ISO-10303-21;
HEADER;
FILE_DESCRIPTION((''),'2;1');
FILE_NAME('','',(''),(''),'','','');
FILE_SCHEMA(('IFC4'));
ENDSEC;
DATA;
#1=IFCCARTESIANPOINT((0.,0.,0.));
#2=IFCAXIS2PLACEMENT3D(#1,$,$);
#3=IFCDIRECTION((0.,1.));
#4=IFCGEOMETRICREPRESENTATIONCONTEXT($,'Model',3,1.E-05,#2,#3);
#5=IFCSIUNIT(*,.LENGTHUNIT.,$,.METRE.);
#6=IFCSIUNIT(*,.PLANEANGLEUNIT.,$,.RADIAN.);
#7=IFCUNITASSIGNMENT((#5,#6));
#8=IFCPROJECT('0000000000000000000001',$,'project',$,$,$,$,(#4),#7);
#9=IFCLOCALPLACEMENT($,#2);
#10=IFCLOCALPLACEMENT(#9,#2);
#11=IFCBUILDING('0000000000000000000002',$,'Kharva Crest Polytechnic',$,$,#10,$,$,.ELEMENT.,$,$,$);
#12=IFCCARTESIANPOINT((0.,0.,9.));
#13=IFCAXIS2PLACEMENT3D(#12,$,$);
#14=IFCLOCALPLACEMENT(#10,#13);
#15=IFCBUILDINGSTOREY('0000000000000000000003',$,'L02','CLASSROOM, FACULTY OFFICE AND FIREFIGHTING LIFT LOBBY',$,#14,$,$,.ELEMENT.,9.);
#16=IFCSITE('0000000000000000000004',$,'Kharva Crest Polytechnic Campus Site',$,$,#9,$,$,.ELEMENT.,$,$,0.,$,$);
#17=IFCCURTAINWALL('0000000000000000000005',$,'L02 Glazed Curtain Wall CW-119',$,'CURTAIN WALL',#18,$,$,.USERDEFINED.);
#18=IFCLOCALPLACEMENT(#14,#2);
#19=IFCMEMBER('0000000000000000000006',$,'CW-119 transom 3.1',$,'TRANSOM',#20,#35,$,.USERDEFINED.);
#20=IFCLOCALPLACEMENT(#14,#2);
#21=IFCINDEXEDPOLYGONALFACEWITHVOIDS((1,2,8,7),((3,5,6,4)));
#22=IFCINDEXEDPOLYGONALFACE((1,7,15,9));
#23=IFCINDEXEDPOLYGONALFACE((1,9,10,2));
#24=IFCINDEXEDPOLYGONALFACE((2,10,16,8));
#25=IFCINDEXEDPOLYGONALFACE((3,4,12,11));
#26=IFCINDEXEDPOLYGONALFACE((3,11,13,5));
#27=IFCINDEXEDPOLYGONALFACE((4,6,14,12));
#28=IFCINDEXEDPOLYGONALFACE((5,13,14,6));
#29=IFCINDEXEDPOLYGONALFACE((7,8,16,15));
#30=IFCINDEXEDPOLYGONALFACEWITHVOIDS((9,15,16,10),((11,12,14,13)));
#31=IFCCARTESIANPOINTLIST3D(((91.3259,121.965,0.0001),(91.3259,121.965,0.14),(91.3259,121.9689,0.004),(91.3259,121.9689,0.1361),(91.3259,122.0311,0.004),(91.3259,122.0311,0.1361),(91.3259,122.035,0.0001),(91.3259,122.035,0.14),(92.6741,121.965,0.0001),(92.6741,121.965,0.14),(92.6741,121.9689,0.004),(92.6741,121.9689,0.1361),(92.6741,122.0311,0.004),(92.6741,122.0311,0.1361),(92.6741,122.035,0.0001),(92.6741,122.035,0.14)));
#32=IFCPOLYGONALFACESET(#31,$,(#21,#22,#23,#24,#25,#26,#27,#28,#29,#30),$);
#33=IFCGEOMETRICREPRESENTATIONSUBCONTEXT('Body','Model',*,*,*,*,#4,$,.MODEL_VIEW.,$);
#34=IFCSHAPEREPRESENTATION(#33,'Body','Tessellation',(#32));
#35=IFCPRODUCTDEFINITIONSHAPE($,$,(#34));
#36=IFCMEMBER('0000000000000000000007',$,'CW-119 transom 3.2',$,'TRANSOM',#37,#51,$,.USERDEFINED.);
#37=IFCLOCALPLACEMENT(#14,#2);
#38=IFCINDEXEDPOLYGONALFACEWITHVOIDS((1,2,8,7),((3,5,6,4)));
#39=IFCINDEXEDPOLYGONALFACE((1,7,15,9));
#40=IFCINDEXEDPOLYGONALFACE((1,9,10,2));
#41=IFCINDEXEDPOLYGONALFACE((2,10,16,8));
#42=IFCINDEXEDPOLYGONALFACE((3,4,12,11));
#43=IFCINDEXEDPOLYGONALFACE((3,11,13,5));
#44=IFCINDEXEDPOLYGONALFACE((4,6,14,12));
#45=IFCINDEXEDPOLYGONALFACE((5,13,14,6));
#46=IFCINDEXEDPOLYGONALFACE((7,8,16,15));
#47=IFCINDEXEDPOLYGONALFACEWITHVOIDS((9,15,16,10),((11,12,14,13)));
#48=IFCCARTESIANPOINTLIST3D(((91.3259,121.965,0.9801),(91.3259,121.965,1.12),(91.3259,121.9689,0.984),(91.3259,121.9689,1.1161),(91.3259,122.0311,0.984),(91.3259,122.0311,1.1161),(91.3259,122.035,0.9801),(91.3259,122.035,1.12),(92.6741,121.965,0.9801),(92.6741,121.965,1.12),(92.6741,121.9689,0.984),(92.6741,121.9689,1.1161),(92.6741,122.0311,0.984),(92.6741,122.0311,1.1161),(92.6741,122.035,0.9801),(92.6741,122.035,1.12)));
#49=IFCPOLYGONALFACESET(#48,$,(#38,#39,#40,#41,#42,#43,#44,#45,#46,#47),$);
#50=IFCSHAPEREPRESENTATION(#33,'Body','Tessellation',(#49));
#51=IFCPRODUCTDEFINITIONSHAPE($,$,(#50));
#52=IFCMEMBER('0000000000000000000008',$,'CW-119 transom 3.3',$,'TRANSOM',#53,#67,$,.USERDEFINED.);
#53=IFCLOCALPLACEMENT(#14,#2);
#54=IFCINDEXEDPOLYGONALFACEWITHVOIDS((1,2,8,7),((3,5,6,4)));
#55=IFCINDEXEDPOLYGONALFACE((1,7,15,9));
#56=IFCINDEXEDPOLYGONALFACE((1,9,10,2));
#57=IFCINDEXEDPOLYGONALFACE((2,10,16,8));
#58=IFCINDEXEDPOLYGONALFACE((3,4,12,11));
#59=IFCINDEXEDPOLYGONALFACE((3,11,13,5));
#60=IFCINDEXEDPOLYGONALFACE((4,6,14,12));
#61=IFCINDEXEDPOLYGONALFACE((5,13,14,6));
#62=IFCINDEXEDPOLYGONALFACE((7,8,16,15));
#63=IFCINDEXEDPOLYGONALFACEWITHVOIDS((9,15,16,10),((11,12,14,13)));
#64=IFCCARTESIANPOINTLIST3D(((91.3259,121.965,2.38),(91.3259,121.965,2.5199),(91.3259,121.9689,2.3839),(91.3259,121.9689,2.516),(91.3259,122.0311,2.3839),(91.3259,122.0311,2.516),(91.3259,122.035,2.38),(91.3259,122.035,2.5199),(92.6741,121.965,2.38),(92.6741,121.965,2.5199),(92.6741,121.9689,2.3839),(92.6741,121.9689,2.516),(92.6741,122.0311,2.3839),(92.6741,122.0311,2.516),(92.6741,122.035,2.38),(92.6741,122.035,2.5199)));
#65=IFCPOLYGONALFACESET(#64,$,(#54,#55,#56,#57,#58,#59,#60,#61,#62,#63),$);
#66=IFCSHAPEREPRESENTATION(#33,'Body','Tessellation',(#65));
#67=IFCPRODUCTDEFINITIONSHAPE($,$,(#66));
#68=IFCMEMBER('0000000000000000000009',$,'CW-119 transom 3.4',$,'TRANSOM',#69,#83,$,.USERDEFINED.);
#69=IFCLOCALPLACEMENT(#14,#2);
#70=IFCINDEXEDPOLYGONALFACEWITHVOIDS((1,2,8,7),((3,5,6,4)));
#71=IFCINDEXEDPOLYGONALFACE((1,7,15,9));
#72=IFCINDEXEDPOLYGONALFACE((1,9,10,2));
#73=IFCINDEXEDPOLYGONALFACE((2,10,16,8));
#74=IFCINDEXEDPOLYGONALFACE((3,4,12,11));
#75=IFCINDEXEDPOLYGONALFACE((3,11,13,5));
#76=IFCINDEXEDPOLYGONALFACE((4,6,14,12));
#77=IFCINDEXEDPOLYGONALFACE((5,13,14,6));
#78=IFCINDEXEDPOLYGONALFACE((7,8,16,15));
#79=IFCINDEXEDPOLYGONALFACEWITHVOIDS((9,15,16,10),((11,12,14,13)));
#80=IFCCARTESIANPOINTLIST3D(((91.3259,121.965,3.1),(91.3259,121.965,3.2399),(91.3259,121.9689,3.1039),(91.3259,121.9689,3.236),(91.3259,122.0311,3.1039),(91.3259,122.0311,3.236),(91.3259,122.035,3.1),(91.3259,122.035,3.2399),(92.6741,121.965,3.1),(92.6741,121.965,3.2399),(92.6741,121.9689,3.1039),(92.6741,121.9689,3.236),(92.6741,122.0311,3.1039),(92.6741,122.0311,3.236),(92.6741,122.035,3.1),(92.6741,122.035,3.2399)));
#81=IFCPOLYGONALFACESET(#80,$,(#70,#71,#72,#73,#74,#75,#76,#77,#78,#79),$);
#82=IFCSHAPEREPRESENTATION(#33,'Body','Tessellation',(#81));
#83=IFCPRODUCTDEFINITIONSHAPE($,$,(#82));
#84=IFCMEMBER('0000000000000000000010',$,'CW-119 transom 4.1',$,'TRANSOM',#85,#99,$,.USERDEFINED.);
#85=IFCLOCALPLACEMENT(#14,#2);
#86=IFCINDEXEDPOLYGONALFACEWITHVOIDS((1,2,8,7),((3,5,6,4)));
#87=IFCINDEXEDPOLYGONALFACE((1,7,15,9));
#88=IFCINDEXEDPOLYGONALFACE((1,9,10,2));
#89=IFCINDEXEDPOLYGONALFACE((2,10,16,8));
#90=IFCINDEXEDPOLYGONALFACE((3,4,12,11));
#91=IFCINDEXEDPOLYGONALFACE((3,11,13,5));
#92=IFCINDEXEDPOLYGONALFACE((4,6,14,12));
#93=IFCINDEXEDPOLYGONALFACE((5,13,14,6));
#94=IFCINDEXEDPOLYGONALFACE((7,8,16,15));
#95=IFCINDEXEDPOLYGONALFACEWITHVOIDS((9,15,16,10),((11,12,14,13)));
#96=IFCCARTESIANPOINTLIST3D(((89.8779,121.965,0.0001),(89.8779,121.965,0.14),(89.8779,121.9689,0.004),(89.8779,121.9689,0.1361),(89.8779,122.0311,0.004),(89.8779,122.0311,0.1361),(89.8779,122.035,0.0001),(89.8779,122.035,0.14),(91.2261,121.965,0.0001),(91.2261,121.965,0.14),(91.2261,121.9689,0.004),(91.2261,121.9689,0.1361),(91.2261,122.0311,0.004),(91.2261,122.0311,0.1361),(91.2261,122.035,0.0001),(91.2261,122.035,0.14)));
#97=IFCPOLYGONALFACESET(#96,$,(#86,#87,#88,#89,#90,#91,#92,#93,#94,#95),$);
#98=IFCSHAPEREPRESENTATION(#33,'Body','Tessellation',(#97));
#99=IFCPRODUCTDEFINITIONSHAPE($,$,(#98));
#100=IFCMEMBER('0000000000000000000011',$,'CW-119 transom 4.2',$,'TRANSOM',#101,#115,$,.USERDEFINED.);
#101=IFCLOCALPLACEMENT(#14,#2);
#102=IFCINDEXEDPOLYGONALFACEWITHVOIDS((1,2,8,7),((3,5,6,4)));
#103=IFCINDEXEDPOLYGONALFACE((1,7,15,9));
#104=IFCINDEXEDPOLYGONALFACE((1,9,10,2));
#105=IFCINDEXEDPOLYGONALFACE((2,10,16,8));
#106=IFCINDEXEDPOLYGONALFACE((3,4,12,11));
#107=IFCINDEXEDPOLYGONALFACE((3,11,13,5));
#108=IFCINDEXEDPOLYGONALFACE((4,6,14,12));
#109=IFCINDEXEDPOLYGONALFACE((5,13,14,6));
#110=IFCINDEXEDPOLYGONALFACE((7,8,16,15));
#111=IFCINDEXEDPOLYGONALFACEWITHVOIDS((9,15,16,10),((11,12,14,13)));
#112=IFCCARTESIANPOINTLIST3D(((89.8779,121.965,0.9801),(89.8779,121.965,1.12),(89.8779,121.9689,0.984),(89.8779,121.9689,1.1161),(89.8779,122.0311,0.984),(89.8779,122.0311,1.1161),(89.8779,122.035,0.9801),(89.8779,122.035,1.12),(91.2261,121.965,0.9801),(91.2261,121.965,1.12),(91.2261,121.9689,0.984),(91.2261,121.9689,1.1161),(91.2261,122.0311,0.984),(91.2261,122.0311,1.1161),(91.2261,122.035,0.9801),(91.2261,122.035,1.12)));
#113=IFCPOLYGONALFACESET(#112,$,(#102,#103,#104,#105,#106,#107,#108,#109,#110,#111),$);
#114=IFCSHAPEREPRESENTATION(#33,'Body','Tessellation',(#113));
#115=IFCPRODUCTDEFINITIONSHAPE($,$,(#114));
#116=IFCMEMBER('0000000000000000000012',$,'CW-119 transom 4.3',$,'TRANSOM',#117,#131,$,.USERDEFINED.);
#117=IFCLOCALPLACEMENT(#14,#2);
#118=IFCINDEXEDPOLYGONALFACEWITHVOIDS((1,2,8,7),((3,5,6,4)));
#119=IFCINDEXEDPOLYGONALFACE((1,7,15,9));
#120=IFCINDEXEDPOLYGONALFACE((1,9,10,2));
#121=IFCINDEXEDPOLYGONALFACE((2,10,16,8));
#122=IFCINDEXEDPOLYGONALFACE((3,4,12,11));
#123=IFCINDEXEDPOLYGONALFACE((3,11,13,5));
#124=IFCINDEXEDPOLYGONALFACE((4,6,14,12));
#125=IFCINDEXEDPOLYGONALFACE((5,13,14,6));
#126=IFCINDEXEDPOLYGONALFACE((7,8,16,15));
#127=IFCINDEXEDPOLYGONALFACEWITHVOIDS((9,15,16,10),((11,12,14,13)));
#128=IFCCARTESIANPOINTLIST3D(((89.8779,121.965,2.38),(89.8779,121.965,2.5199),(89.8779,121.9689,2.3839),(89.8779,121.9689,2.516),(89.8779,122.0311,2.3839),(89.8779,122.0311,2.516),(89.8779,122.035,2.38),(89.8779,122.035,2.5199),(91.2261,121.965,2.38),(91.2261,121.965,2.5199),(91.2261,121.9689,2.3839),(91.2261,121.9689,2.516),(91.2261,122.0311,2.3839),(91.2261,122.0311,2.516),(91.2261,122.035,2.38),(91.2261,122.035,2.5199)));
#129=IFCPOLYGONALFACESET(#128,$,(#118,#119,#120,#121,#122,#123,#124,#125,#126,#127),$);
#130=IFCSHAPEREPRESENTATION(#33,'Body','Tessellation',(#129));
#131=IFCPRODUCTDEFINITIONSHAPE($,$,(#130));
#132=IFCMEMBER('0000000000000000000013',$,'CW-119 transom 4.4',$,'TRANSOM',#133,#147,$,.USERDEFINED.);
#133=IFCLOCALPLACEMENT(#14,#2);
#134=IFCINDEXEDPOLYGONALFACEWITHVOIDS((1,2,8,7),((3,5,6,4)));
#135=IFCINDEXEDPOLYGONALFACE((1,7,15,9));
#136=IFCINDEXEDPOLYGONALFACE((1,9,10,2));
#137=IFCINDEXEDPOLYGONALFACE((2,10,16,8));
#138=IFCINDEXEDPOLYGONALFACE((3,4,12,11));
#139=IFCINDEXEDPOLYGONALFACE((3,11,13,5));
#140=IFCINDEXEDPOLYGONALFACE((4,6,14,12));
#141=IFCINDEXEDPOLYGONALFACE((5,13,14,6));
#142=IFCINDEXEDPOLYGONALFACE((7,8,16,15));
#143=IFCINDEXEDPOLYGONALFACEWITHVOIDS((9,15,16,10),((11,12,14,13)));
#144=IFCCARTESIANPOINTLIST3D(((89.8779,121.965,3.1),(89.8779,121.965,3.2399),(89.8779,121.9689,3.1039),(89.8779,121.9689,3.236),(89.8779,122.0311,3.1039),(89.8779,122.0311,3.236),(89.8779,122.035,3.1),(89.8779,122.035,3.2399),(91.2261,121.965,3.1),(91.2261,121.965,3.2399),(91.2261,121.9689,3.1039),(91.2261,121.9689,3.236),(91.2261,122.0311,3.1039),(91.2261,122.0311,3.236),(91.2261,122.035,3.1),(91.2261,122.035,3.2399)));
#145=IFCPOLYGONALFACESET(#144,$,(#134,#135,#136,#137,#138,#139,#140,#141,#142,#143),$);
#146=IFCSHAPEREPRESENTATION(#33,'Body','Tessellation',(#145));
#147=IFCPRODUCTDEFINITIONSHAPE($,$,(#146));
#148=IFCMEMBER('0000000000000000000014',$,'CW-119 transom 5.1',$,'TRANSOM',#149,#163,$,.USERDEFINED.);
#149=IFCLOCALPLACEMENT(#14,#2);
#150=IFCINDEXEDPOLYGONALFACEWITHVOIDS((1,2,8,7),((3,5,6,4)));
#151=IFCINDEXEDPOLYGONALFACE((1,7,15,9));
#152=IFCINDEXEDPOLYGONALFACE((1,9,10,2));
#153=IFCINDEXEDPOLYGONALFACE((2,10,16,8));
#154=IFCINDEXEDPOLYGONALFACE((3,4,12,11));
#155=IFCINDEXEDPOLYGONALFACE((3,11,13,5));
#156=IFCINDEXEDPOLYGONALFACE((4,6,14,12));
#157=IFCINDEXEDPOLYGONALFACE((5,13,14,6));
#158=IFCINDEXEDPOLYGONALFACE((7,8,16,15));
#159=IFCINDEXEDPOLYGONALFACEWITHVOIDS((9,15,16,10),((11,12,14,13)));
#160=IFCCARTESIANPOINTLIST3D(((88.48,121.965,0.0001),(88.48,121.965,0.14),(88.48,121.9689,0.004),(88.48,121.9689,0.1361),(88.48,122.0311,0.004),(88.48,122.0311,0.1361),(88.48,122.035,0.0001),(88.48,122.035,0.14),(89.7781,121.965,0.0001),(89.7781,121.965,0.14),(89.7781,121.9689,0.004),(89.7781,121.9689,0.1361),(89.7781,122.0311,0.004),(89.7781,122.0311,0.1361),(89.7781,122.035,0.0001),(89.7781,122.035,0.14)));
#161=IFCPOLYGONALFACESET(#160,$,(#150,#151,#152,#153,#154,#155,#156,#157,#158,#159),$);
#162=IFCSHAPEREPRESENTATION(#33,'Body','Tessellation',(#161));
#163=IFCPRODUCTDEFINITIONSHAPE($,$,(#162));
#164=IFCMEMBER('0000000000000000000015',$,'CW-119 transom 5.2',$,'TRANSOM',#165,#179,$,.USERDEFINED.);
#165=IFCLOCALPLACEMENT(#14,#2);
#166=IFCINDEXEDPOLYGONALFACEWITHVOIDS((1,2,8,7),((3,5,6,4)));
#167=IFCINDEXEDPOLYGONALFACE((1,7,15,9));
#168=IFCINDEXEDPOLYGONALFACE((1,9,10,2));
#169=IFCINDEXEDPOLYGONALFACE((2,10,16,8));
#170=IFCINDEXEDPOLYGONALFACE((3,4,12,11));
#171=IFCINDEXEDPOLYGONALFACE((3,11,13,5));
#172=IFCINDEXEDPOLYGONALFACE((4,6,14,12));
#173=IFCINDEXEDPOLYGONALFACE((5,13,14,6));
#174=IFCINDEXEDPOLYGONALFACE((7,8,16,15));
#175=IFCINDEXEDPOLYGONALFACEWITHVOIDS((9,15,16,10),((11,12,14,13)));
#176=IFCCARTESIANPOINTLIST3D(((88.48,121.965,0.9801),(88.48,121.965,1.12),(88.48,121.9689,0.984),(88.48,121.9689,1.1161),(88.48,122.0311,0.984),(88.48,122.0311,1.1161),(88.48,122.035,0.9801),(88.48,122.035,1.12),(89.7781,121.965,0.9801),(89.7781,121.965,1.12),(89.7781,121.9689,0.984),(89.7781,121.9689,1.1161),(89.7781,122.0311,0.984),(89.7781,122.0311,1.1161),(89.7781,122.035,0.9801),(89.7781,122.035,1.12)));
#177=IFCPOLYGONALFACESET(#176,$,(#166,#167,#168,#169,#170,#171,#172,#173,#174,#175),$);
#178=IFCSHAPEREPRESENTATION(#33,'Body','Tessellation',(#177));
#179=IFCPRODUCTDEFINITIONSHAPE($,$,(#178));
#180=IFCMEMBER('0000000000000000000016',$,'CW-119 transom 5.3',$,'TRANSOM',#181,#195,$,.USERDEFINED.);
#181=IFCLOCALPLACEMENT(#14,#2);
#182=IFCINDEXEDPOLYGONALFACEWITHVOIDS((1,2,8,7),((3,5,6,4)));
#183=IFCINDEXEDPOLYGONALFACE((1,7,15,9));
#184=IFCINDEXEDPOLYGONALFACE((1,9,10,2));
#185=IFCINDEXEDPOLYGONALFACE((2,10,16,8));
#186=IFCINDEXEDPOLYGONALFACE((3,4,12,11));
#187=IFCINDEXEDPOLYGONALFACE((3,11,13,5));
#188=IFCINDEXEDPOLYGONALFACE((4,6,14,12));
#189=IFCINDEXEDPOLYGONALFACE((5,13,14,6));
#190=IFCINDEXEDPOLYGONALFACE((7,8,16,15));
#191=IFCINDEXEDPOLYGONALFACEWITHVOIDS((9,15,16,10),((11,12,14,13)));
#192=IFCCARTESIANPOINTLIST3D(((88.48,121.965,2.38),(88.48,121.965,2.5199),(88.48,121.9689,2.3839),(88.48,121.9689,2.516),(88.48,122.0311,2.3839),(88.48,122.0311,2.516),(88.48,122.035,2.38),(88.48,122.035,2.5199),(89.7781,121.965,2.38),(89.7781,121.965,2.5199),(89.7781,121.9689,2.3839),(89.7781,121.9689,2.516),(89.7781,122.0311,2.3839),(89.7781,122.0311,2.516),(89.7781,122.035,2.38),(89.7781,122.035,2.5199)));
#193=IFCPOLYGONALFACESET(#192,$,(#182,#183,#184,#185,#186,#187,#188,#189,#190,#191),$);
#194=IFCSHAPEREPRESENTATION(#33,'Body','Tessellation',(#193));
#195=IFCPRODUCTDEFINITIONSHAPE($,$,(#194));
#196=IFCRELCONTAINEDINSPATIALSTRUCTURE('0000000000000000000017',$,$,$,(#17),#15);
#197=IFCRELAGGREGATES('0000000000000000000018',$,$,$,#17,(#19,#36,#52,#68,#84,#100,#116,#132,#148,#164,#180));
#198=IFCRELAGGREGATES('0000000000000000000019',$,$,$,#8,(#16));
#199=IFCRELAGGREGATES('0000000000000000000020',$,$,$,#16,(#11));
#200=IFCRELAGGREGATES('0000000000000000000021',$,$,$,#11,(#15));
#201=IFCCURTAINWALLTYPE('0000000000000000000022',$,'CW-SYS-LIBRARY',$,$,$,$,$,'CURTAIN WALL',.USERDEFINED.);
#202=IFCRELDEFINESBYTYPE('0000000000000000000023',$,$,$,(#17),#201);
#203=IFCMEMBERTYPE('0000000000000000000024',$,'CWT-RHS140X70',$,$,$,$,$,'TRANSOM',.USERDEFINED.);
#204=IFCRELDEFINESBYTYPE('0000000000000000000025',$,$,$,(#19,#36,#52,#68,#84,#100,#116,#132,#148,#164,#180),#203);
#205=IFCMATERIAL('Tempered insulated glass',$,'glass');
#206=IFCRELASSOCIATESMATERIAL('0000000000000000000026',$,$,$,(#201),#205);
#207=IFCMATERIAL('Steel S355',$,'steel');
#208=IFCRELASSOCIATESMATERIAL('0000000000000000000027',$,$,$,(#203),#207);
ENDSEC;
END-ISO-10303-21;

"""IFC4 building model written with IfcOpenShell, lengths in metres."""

from ifc_helpers import new_model, si_unit, direction, frame, origin, origin_2d, place, context, subcontext, project, spatial, hollow_rectangle, extrude, material, material_profile, profile_set, type_object, element, aggregate, save


model = new_model("IFC4")

# Units and contexts
model_context = context("Model", 3, precision=1e-05, world=origin(), true_north=direction((0.0, 1.0)))
body_context = subcontext(model_context, "Body", "Model", "MODEL_VIEW")
ifc_project = project(units=[si_unit("LENGTHUNIT", "METRE"), si_unit("PLANEANGLEUNIT", "RADIAN")], contexts=[model_context])

# Site, building, storey
site_placement = place(None, origin())
site = spatial("IfcSite", under=ifc_project, at=site_placement, Name="Kharva Crest Polytechnic Campus Site", CompositionType="ELEMENT", RefElevation=0.0)
building_placement = place(site_placement, origin())
building = spatial("IfcBuilding", under=site, at=building_placement, Name="Kharva Crest Polytechnic", CompositionType="ELEMENT")
storey_placement = place(building_placement, frame((0.0, 0.0, 9.0)))
storey = spatial("IfcBuildingStorey", under=building, at=storey_placement, Name="L02", Description="CLASSROOM, FACULTY OFFICE AND FIREFIGHTING LIFT LOBBY", CompositionType="ELEMENT", Elevation=9.0)

# Curtain wall
ifc_material_1 = material(Name="Tempered insulated glass", Category="glass")
curtain_wall_type = type_object("IfcCurtainWallType", Name="CW-SYS-LIBRARY", ElementType="CURTAIN WALL", PredefinedType="USERDEFINED", material=ifc_material_1)
curtain_wall_1_placement = place(storey_placement, origin())
curtain_wall_1 = element("IfcCurtainWall", 1, at=curtain_wall_1_placement, inside=storey, type_object=curtain_wall_type, Name="L02 Glazed Curtain Wall CW-119", ObjectType="CURTAIN WALL", PredefinedType="USERDEFINED")
ifc_material_2 = material(Name="Steel S355", Category="steel")

# Members
ifc_material_profile_1 = material_profile(ifc_material_2, hollow_rectangle(XDim=0.0701, YDim=0.1399, WallThickness=0.0039, at=origin_2d()), Name="RHS 140X70X4.0")
ifc_profile_set_1 = profile_set([ifc_material_profile_1], Name="Steel S355")
member_type_1 = type_object("IfcMemberType", Name="CWT-RHS140X70", ElementType="TRANSOM", PredefinedType="USERDEFINED", material=ifc_profile_set_1)
member_1_placement = place(storey_placement, frame((92.6741, 122.0, 0.0701), z_axis=(-1.0, 0.0, 0.0), x_axis=(0.0, -1.0, 0.0)))
member_1 = element("IfcMember", 2, at=member_1_placement, type_object=member_type_1, Name="CW-119 transom 3.1", ObjectType="TRANSOM", PredefinedType="USERDEFINED", context=body_context, shape_type="SweptSolid", body=[
    extrude(hollow_rectangle(XDim=0.0701, YDim=0.1399, WallThickness=0.0039, at=origin_2d()), origin(), (0.0, 0.0, 1.0), 1.3481),
])
member_2_placement = place(storey_placement, frame((92.6741, 122.0, 1.05), z_axis=(-1.0, 0.0, 0.0), x_axis=(0.0, -1.0, 0.0)))
member_2 = element("IfcMember", 3, at=member_2_placement, type_object=member_type_1, Name="CW-119 transom 3.2", ObjectType="TRANSOM", PredefinedType="USERDEFINED", context=body_context, shape_type="SweptSolid", body=[
    extrude(hollow_rectangle(XDim=0.0701, YDim=0.1399, WallThickness=0.0039, at=origin_2d()), origin(), (0.0, 0.0, 1.0), 1.3481),
])
member_3_placement = place(storey_placement, frame((92.6741, 122.0, 2.45), z_axis=(-1.0, 0.0, 0.0), x_axis=(0.0, -1.0, 0.0)))
member_3 = element("IfcMember", 4, at=member_3_placement, type_object=member_type_1, Name="CW-119 transom 3.3", ObjectType="TRANSOM", PredefinedType="USERDEFINED", context=body_context, shape_type="SweptSolid", body=[
    extrude(hollow_rectangle(XDim=0.0701, YDim=0.1399, WallThickness=0.0039, at=origin_2d()), origin(), (0.0, 0.0, 1.0), 1.3481),
])
member_4_placement = place(storey_placement, frame((92.6741, 122.0, 3.1699), z_axis=(-1.0, 0.0, 0.0), x_axis=(0.0, -1.0, 0.0)))
member_4 = element("IfcMember", 5, at=member_4_placement, type_object=member_type_1, Name="CW-119 transom 3.4", ObjectType="TRANSOM", PredefinedType="USERDEFINED", context=body_context, shape_type="SweptSolid", body=[
    extrude(hollow_rectangle(XDim=0.0701, YDim=0.1399, WallThickness=0.0039, at=origin_2d()), origin(), (0.0, 0.0, 1.0), 1.3481),
])
member_5_placement = place(storey_placement, frame((91.2261, 122.0, 0.0701), z_axis=(-1.0, 0.0, 0.0), x_axis=(0.0, -1.0, 0.0)))
member_5 = element("IfcMember", 6, at=member_5_placement, type_object=member_type_1, Name="CW-119 transom 4.1", ObjectType="TRANSOM", PredefinedType="USERDEFINED", context=body_context, shape_type="SweptSolid", body=[
    extrude(hollow_rectangle(XDim=0.0701, YDim=0.1399, WallThickness=0.0039, at=origin_2d()), origin(), (0.0, 0.0, 1.0), 1.3481),
])
member_6_placement = place(storey_placement, frame((91.2261, 122.0, 1.05), z_axis=(-1.0, 0.0, 0.0), x_axis=(0.0, -1.0, 0.0)))
member_6 = element("IfcMember", 7, at=member_6_placement, type_object=member_type_1, Name="CW-119 transom 4.2", ObjectType="TRANSOM", PredefinedType="USERDEFINED", context=body_context, shape_type="SweptSolid", body=[
    extrude(hollow_rectangle(XDim=0.0701, YDim=0.1399, WallThickness=0.0039, at=origin_2d()), origin(), (0.0, 0.0, 1.0), 1.3481),
])
member_7_placement = place(storey_placement, frame((91.2261, 122.0, 2.45), z_axis=(-1.0, 0.0, 0.0), x_axis=(0.0, -1.0, 0.0)))
member_7 = element("IfcMember", 8, at=member_7_placement, type_object=member_type_1, Name="CW-119 transom 4.3", ObjectType="TRANSOM", PredefinedType="USERDEFINED", context=body_context, shape_type="SweptSolid", body=[
    extrude(hollow_rectangle(XDim=0.0701, YDim=0.1399, WallThickness=0.0039, at=origin_2d()), origin(), (0.0, 0.0, 1.0), 1.3481),
])
member_8_placement = place(storey_placement, frame((91.2261, 122.0, 3.1699), z_axis=(-1.0, 0.0, 0.0), x_axis=(0.0, -1.0, 0.0)))
member_8 = element("IfcMember", 9, at=member_8_placement, type_object=member_type_1, Name="CW-119 transom 4.4", ObjectType="TRANSOM", PredefinedType="USERDEFINED", context=body_context, shape_type="SweptSolid", body=[
    extrude(hollow_rectangle(XDim=0.0701, YDim=0.1399, WallThickness=0.0039, at=origin_2d()), origin(), (0.0, 0.0, 1.0), 1.3481),
])
member_9_placement = place(storey_placement, frame((89.7781, 122.0, 0.0701), z_axis=(-1.0, 0.0, 0.0), x_axis=(0.0, -1.0, 0.0)))
member_9 = element("IfcMember", 10, at=member_9_placement, type_object=member_type_1, Name="CW-119 transom 5.1", ObjectType="TRANSOM", PredefinedType="USERDEFINED", context=body_context, shape_type="SweptSolid", body=[
    extrude(hollow_rectangle(XDim=0.0701, YDim=0.1399, WallThickness=0.0039, at=origin_2d()), origin(), (0.0, 0.0, 1.0), 1.2981),
])
member_10_placement = place(storey_placement, frame((89.7781, 122.0, 1.05), z_axis=(-1.0, 0.0, 0.0), x_axis=(0.0, -1.0, 0.0)))
member_10 = element("IfcMember", 11, at=member_10_placement, type_object=member_type_1, Name="CW-119 transom 5.2", ObjectType="TRANSOM", PredefinedType="USERDEFINED", context=body_context, shape_type="SweptSolid", body=[
    extrude(hollow_rectangle(XDim=0.0701, YDim=0.1399, WallThickness=0.0039, at=origin_2d()), origin(), (0.0, 0.0, 1.0), 1.2981),
])
member_11_placement = place(storey_placement, frame((89.7781, 122.0, 2.45), z_axis=(-1.0, 0.0, 0.0), x_axis=(0.0, -1.0, 0.0)))
member_11 = element("IfcMember", 12, at=member_11_placement, type_object=member_type_1, Name="CW-119 transom 5.3", ObjectType="TRANSOM", PredefinedType="USERDEFINED", context=body_context, shape_type="SweptSolid", body=[
    extrude(hollow_rectangle(XDim=0.0701, YDim=0.1399, WallThickness=0.0039, at=origin_2d()), origin(), (0.0, 0.0, 1.0), 1.2981),
])

aggregate(curtain_wall_1, [member_1, member_2, member_3, member_4, member_5, member_6, member_7, member_8, member_9, member_10, member_11])

save(model, "model.ifc")
